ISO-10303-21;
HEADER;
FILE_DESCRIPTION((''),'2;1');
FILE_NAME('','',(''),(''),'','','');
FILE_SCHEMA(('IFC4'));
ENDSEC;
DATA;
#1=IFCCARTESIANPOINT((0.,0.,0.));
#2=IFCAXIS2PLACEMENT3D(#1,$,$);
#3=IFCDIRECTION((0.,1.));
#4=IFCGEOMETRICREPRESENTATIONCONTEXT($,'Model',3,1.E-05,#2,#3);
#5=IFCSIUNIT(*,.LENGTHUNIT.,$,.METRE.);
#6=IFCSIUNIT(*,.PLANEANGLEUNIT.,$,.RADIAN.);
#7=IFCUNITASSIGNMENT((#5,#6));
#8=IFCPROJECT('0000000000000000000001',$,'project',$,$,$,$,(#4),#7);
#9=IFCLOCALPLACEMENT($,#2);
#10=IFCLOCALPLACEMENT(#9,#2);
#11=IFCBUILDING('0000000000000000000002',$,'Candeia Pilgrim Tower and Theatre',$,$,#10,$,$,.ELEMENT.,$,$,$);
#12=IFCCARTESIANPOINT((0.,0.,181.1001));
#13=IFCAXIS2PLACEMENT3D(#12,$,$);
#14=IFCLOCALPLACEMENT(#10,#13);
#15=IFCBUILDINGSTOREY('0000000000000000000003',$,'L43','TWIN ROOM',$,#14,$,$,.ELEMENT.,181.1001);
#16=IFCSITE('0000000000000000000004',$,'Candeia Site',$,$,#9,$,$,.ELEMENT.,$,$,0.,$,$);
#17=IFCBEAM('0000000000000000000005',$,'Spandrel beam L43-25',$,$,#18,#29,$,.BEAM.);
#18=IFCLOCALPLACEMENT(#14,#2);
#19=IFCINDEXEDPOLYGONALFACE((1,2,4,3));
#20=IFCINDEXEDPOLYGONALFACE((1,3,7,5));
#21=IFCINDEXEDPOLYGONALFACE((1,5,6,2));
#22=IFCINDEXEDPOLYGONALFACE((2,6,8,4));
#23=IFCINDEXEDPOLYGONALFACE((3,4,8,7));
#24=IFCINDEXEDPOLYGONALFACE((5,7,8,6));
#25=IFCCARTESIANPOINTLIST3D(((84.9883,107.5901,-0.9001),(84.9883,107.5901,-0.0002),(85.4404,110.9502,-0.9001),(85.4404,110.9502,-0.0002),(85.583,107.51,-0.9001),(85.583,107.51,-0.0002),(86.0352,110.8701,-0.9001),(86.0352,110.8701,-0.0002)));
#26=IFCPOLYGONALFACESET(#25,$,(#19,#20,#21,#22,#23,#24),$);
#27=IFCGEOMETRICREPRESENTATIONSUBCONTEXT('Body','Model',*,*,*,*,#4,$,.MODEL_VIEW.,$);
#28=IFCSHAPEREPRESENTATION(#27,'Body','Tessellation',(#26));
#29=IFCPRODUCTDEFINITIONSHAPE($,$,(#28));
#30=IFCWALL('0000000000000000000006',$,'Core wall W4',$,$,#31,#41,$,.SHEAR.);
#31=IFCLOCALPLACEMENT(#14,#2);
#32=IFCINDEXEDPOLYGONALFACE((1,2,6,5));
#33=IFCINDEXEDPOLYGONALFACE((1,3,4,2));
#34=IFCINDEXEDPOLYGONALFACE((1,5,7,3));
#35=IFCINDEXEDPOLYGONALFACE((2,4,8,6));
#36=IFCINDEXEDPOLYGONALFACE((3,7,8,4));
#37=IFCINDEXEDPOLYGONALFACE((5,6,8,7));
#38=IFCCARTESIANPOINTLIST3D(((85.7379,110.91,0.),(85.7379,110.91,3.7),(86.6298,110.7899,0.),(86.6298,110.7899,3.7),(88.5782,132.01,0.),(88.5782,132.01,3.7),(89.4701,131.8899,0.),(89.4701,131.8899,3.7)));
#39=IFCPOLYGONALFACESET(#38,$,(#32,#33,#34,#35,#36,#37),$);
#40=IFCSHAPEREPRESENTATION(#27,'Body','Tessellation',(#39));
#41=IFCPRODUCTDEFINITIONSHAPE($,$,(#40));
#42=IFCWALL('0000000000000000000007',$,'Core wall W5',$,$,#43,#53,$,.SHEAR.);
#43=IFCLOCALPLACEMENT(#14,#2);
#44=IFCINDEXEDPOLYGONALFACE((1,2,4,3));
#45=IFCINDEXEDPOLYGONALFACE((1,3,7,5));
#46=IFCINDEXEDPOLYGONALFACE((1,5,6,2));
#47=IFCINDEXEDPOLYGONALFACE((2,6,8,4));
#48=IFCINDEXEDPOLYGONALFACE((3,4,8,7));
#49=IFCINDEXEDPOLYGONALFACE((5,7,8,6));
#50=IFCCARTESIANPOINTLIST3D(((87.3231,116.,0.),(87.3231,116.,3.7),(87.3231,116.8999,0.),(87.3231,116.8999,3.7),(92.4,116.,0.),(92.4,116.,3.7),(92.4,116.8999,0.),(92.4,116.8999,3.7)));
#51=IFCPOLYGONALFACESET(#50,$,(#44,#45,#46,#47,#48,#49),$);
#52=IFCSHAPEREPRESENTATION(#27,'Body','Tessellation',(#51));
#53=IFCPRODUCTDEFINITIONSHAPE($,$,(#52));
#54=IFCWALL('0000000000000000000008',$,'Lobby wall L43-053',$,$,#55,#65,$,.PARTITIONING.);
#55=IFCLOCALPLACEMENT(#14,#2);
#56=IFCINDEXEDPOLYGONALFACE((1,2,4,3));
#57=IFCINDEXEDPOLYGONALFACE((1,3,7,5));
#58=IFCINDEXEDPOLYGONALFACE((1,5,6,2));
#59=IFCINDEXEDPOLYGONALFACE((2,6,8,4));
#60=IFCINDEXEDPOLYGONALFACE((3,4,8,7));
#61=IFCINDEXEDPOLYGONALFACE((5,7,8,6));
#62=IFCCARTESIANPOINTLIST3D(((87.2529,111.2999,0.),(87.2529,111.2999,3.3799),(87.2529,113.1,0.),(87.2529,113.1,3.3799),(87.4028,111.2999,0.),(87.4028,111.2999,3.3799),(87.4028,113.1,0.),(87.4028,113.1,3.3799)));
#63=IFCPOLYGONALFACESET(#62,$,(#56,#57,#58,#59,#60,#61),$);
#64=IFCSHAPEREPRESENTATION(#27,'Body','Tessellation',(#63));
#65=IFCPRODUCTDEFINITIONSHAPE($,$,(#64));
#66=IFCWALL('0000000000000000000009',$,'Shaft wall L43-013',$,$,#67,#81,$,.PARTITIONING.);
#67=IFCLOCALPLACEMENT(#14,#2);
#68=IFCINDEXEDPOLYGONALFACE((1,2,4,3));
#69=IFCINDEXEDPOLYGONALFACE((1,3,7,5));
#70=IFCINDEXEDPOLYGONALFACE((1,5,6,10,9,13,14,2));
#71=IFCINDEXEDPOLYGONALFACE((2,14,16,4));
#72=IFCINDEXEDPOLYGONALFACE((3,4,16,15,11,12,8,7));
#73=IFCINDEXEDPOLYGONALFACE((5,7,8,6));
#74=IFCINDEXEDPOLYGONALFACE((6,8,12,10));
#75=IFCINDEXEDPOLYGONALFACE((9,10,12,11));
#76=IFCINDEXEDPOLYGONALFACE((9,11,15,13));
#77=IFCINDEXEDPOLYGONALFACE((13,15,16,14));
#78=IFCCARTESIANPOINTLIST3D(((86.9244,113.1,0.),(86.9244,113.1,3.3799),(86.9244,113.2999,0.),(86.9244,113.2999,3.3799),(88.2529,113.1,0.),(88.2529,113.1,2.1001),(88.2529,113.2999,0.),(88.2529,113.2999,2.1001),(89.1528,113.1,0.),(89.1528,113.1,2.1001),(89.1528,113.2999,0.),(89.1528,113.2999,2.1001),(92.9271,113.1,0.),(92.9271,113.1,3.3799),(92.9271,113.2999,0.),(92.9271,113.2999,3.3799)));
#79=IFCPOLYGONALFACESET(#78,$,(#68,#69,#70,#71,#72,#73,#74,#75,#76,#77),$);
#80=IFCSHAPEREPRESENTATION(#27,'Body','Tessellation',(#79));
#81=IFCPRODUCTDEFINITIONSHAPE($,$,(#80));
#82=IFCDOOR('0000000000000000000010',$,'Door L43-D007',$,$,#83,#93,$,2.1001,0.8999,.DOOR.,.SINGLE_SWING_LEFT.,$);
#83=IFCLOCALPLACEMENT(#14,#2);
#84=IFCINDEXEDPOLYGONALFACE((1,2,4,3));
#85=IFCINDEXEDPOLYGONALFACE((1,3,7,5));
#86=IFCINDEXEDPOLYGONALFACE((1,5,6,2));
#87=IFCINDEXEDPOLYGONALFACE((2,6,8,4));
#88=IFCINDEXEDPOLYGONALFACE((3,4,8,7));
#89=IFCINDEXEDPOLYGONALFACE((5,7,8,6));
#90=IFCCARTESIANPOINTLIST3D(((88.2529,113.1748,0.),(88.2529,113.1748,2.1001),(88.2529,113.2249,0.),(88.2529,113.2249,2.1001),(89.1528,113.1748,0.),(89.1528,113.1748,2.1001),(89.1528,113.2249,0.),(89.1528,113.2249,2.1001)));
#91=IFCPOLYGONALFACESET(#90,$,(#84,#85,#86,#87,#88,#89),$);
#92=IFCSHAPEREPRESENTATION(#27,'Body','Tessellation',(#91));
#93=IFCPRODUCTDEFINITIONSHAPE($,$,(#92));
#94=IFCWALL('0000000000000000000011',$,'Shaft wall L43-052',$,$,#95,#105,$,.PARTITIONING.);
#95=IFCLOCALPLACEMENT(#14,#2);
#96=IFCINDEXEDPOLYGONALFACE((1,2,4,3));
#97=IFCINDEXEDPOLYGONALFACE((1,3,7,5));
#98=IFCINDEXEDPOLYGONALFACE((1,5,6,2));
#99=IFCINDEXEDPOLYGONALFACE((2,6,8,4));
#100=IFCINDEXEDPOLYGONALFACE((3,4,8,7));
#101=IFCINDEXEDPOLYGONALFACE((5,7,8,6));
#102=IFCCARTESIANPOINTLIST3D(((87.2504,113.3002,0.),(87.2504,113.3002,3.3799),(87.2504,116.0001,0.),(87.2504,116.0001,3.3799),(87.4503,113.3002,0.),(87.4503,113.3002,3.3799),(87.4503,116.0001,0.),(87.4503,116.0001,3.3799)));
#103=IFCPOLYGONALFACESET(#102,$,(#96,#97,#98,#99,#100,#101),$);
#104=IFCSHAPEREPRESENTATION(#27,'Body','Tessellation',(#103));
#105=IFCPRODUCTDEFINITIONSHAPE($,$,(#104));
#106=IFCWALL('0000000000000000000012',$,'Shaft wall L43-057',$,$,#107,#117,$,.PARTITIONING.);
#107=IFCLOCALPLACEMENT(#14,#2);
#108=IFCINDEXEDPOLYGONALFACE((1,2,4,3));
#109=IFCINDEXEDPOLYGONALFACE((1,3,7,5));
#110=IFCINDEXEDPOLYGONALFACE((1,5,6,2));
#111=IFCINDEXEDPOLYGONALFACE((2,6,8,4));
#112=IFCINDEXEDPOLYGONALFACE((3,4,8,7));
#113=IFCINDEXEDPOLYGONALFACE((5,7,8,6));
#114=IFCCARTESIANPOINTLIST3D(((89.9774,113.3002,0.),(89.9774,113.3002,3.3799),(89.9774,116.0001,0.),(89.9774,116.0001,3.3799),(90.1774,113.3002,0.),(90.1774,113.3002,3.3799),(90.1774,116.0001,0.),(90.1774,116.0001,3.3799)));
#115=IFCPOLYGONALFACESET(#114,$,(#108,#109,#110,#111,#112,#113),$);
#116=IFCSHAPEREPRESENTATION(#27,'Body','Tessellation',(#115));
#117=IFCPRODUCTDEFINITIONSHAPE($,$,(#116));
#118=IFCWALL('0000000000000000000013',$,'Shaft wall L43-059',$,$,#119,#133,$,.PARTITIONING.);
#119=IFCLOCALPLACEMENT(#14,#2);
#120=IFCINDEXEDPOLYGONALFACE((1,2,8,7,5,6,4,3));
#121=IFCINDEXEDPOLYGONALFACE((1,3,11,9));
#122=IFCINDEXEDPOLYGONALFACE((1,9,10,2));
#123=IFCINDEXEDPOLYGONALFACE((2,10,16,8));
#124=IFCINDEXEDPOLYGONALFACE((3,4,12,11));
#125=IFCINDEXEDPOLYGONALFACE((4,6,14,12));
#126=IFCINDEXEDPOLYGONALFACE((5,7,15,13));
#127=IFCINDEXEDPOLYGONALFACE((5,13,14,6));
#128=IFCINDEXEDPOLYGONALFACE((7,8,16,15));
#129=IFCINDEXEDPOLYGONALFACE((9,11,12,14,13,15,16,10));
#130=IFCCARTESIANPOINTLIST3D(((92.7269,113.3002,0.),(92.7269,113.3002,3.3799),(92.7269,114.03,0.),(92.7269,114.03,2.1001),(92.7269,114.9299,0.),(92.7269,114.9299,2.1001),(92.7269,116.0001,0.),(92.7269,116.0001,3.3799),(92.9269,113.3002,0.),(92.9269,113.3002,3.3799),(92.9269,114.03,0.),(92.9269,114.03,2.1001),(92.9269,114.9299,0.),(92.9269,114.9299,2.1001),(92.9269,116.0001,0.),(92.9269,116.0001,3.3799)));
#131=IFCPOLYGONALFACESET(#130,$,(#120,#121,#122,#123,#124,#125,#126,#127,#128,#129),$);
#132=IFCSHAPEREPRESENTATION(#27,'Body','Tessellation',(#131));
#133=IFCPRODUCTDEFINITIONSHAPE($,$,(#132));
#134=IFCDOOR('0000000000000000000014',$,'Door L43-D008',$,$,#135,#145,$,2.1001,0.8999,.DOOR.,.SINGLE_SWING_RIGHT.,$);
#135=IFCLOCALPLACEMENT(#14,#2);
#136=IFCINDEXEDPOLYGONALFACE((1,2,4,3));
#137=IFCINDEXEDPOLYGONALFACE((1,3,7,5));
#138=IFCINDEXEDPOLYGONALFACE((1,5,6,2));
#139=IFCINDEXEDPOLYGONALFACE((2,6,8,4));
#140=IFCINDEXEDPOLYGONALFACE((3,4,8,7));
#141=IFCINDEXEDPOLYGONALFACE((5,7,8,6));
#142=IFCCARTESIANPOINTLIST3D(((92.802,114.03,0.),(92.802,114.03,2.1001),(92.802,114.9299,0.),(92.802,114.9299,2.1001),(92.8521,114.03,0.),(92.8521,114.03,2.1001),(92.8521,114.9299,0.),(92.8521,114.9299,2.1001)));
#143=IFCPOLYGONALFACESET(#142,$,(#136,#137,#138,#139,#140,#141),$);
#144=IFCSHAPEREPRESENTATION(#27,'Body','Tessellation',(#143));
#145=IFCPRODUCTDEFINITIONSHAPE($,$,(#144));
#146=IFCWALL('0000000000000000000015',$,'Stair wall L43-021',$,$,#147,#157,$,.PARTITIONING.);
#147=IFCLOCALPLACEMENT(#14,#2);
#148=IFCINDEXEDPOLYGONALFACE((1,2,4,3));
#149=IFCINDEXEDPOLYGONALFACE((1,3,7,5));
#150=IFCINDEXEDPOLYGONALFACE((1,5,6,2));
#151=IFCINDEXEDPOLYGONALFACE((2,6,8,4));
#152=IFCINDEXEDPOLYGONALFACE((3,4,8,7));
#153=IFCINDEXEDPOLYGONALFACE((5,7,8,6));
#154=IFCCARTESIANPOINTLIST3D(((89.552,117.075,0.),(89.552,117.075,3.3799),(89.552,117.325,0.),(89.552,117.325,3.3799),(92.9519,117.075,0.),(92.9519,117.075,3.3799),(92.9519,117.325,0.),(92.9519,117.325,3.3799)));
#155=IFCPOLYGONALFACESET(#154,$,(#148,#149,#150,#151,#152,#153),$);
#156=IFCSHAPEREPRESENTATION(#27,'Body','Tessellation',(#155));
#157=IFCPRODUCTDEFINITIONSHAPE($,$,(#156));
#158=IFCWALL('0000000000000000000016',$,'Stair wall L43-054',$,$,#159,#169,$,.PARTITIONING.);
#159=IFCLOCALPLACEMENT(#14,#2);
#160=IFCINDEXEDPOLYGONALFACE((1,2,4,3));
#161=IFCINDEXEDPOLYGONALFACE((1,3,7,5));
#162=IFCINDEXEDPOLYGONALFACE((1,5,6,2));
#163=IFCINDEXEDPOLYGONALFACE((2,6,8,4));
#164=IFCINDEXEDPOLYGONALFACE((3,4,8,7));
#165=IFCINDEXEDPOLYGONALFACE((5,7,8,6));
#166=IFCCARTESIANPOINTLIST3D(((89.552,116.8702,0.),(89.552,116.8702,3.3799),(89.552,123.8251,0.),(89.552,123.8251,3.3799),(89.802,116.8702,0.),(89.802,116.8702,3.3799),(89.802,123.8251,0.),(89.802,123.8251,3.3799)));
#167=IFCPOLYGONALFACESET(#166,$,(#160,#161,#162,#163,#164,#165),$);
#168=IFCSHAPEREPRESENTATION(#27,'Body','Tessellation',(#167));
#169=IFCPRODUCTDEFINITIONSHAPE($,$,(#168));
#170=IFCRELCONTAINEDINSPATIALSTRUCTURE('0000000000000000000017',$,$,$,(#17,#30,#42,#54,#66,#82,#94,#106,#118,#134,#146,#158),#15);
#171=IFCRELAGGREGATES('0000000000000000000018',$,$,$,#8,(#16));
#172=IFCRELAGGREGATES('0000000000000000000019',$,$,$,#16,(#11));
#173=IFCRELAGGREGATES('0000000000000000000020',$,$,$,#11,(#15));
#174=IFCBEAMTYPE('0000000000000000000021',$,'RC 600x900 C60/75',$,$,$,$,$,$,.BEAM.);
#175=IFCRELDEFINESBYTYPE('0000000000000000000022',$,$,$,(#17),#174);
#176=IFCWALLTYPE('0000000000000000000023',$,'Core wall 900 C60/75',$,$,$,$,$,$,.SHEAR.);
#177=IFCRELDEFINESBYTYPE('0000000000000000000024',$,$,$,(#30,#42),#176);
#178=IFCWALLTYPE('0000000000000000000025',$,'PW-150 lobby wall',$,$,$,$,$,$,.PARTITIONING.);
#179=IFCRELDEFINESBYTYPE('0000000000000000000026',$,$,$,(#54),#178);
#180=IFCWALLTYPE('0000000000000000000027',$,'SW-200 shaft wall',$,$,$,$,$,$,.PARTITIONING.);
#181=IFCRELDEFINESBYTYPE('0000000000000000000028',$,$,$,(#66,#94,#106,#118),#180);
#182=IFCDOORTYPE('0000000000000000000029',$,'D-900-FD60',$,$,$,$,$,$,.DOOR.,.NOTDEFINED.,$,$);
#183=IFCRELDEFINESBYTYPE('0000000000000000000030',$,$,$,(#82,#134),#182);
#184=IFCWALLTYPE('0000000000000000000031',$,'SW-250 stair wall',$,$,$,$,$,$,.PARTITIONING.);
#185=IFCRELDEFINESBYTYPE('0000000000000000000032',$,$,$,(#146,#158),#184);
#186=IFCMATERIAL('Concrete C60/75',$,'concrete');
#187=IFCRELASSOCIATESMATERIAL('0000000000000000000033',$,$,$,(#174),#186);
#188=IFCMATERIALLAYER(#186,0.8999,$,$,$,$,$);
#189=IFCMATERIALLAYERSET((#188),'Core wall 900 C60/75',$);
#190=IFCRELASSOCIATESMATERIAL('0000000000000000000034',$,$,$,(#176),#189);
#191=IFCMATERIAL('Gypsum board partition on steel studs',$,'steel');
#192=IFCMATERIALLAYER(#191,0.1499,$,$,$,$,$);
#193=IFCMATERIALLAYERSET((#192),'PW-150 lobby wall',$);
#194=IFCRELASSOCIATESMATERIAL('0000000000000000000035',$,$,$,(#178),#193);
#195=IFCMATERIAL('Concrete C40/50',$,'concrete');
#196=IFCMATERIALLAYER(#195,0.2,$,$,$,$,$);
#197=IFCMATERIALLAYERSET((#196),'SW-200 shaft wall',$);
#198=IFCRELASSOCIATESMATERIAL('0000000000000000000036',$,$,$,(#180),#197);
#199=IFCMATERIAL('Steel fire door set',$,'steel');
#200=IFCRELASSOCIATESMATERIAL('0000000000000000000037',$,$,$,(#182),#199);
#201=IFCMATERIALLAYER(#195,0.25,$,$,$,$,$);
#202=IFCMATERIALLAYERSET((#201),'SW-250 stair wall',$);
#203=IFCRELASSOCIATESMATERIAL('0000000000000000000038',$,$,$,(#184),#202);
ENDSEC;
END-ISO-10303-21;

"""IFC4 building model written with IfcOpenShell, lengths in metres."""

from ifc_helpers import new_model, si_unit, direction, frame, frame_2d, origin, origin_2d, place, context, subcontext, project, spatial, rectangle, extrude, material, layer, layer_set, material_profile, profile_set, type_object, element, fill, save


model = new_model("IFC4")

# Units and contexts
model_context = context("Model", 3, precision=1e-05, world=origin(), true_north=direction((0.0, 1.0)))
body_context = subcontext(model_context, "Body", "Model", "MODEL_VIEW")
ifc_project = project(units=[si_unit("LENGTHUNIT", "METRE"), si_unit("PLANEANGLEUNIT", "RADIAN")], contexts=[model_context])

# Site, building, storey
site_placement = place(None, origin())
site = spatial("IfcSite", under=ifc_project, at=site_placement, Name="Candeia Site", CompositionType="ELEMENT", RefElevation=0.0)
building_placement = place(site_placement, origin())
building = spatial("IfcBuilding", under=site, at=building_placement, Name="Candeia Pilgrim Tower and Theatre", CompositionType="ELEMENT")
storey_placement = place(building_placement, frame((0.0, 0.0, 181.1001)))
storey = spatial("IfcBuildingStorey", under=building, at=storey_placement, Name="L43", Description="TWIN ROOM", CompositionType="ELEMENT", Elevation=181.1001)

# Beam
ifc_material_1 = material(Name="Concrete C60/75", Category="concrete")
ifc_material_profile = material_profile(ifc_material_1, rectangle(XDim=0.6001, YDim=0.8999, at=origin_2d()))
ifc_profile_set = profile_set([ifc_material_profile], Name="Concrete C60/75")
beam_type = type_object("IfcBeamType", Name="RC 600x900 C60/75", PredefinedType="BEAM", material=ifc_profile_set)
beam_placement = place(storey_placement, frame((85.7378, 110.9102, -0.4502), z_axis=(-0.133362, -0.991067, 0.0), x_axis=(0.991067, -0.133362, 0.0)))
element("IfcBeam", 1, at=beam_placement, inside=storey, type_object=beam_type, Name="Spandrel beam L43-25", PredefinedType="BEAM", context=body_context, shape_type="SweptSolid", body=[
    extrude(rectangle(XDim=0.6001, YDim=0.8999, at=origin_2d()), origin(), (0.0, 0.0, 1.0), 3.3904),
])

# Walls
ifc_layer_1 = layer(ifc_material_1, 0.8999)
ifc_layer_set_1 = layer_set([ifc_layer_1], Name="Core wall 900 C60/75")
wall_type_1 = type_object("IfcWallType", Name="Core wall 900 C60/75", PredefinedType="SHEAR", material=ifc_layer_set_1)
wall_1_placement = place(storey_placement, frame((86.1838, 110.8501, 0.0), z_axis=(0.0, 0.0, 1.0), x_axis=(0.13341, 0.991061, 0.0)))
element("IfcWall", 2, at=wall_1_placement, inside=storey, type_object=wall_type_1, Name="Core wall W4", PredefinedType="SHEAR", context=body_context, shape_type="SweptSolid", body=[
    extrude(rectangle(XDim=21.2903, YDim=0.8999, at=frame_2d((10.645, 0.0))), origin(), (0.0, 0.0, 1.0), 3.7),
])
wall_2_placement = place(storey_placement, frame((87.323, 116.45, 0.0), z_axis=(0.0, 0.0, 1.0), x_axis=(1.0, 0.0, 0.0)))
element("IfcWall", 3, at=wall_2_placement, inside=storey, type_object=wall_type_1, Name="Core wall W5", PredefinedType="SHEAR", context=body_context, shape_type="SweptSolid", body=[
    extrude(rectangle(XDim=5.0769, YDim=0.8999, at=frame_2d((2.5386, 0.0))), origin(), (0.0, 0.0, 1.0), 3.7),
])
ifc_material_2 = material(Name="Gypsum board partition on steel studs", Category="steel")
ifc_layer_2 = layer(ifc_material_2, 0.1499)
ifc_layer_set_2 = layer_set([ifc_layer_2], Name="PW-150 lobby wall")
wall_type_2 = type_object("IfcWallType", Name="PW-150 lobby wall", PredefinedType="PARTITIONING", material=ifc_layer_set_2)
wall_3_placement = place(storey_placement, frame((87.3279, 111.3, 0.0), z_axis=(0.0, 0.0, 1.0), x_axis=(0.0, 1.0, 0.0)))
element("IfcWall", 4, at=wall_3_placement, inside=storey, type_object=wall_type_2, Name="Lobby wall L43-053", PredefinedType="PARTITIONING", context=body_context, shape_type="SweptSolid", body=[
    extrude(rectangle(XDim=1.8, YDim=0.1499, at=frame_2d((0.8999, 0.0))), origin(), (0.0, 0.0, 1.0), 3.3799),
])

# Wall, opening, door
ifc_material_3 = material(Name="Concrete C40/50", Category="concrete")
ifc_layer_3 = layer(ifc_material_3, 0.2)
ifc_layer_set_3 = layer_set([ifc_layer_3], Name="SW-200 shaft wall")
wall_type_3 = type_object("IfcWallType", Name="SW-200 shaft wall", PredefinedType="PARTITIONING", material=ifc_layer_set_3)
wall_4_placement = place(storey_placement, frame((86.9243, 113.2, 0.0), z_axis=(0.0, 0.0, 1.0), x_axis=(1.0, 0.0, 0.0)))
wall_4 = element("IfcWall", 5, at=wall_4_placement, inside=storey, type_object=wall_type_3, Name="Shaft wall L43-013", PredefinedType="PARTITIONING", context=body_context, shape_type="SweptSolid", body=[
    extrude(rectangle(XDim=6.0027, YDim=0.2, at=frame_2d((3.0015, 0.0))), origin(), (0.0, 0.0, 1.0), 3.3799),
])
opening_1_placement = place(wall_4_placement, frame((1.3286, 0.0, 0.0)))
opening_1 = element("IfcOpeningElement", 6, at=opening_1_placement, cuts=wall_4, PredefinedType="OPENING", context=body_context, shape_type="SweptSolid", body=[
    extrude(rectangle(XDim=0.8999, YDim=2.1001, at=frame_2d((0.45, 1.05))), frame((0.0, 0.1099, 0.0), z_axis=(0.0, -1.0, 0.0), x_axis=(1.0, 0.0, 0.0)), (0.0, 0.0, 1.0), 0.22),
])
ifc_material_4 = material(Name="Steel fire door set", Category="steel")
door_type = type_object("IfcDoorType", Name="D-900-FD60", OperationType="NOTDEFINED", PredefinedType="DOOR", material=ifc_material_4)
door_1_placement = place(opening_1_placement, origin())
door_1 = element("IfcDoor", 7, at=door_1_placement, inside=storey, type_object=door_type, Name="Door L43-D007", OperationType="SINGLE_SWING_LEFT", OverallHeight=2.1001, OverallWidth=0.8999, PredefinedType="DOOR", context=body_context, shape_type="SweptSolid", body=[
    extrude(rectangle(XDim=0.8999, YDim=2.1001, at=frame_2d((0.45, 1.05))), frame((0.0, 0.0249, 0.0), z_axis=(0.0, -1.0, 0.0), x_axis=(1.0, 0.0, 0.0)), (0.0, 0.0, 1.0), 0.05),
])
fill(opening_1, door_1)

# Walls
for number, where, z_axis, x_axis, name in (
    (8, (87.3503, 113.3, 0.0), (0.0, 0.0, 1.0), (0.0, 1.0, 0.0), "Shaft wall L43-052"),
    (9, (90.0774, 113.3, 0.0), (0.0, 0.0, 1.0), (0.0, 1.0, 0.0), "Shaft wall L43-057"),
):
    element("IfcWall", number, at=place(storey_placement, frame(where, z_axis=z_axis, x_axis=x_axis)), inside=storey, type_object=wall_type_3, Name=name, PredefinedType="PARTITIONING", context=body_context, shape_type="SweptSolid", body=[
        extrude(rectangle(XDim=2.7, YDim=0.2, at=frame_2d((1.3501, 0.0))), origin(), (0.0, 0.0, 1.0), 3.3799),
    ])

# Wall, opening, door
wall_5_placement = place(storey_placement, frame((92.8269, 113.3, 0.0), z_axis=(0.0, 0.0, 1.0), x_axis=(0.0, 1.0, 0.0)))
wall_5 = element("IfcWall", 10, at=wall_5_placement, inside=storey, type_object=wall_type_3, Name="Shaft wall L43-059", PredefinedType="PARTITIONING", context=body_context, shape_type="SweptSolid", body=[
    extrude(rectangle(XDim=2.7, YDim=0.2, at=frame_2d((1.3501, 0.0))), origin(), (0.0, 0.0, 1.0), 3.3799),
])
opening_2_placement = place(wall_5_placement, frame((0.73, 0.0, 0.0)))
opening_2 = element("IfcOpeningElement", 11, at=opening_2_placement, cuts=wall_5, PredefinedType="OPENING", context=body_context, shape_type="SweptSolid", body=[
    extrude(rectangle(XDim=0.8999, YDim=2.1001, at=frame_2d((0.45, 1.05))), frame((0.0, 0.1099, 0.0), z_axis=(0.0, -1.0, 0.0), x_axis=(1.0, 0.0, 0.0)), (0.0, 0.0, 1.0), 0.22),
])
door_2_placement = place(opening_2_placement, origin())
door_2 = element("IfcDoor", 12, at=door_2_placement, inside=storey, type_object=door_type, Name="Door L43-D008", OperationType="SINGLE_SWING_RIGHT", OverallHeight=2.1001, OverallWidth=0.8999, PredefinedType="DOOR", context=body_context, shape_type="SweptSolid", body=[
    extrude(rectangle(XDim=0.8999, YDim=2.1001, at=frame_2d((0.45, 1.05))), frame((0.0, 0.0249, 0.0), z_axis=(0.0, -1.0, 0.0), x_axis=(1.0, 0.0, 0.0)), (0.0, 0.0, 1.0), 0.05),
])
fill(opening_2, door_2)

# Walls
ifc_layer_4 = layer(ifc_material_3, 0.25)
ifc_layer_set_4 = layer_set([ifc_layer_4], Name="SW-250 stair wall")
wall_type_4 = type_object("IfcWallType", Name="SW-250 stair wall", PredefinedType="PARTITIONING", material=ifc_layer_set_4)
wall_6_placement = place(storey_placement, frame((89.552, 117.2, 0.0), z_axis=(0.0, 0.0, 1.0), x_axis=(1.0, 0.0, 0.0)))
element("IfcWall", 13, at=wall_6_placement, inside=storey, type_object=wall_type_4, Name="Stair wall L43-021", PredefinedType="PARTITIONING", context=body_context, shape_type="SweptSolid", body=[
    extrude(rectangle(XDim=3.3999, YDim=0.25, at=frame_2d((1.7, 0.0))), origin(), (0.0, 0.0, 1.0), 3.3799),
])
wall_7_placement = place(storey_placement, frame((89.677, 116.8701, 0.0), z_axis=(0.0, 0.0, 1.0), x_axis=(0.0, 1.0, 0.0)))
element("IfcWall", 14, at=wall_7_placement, inside=storey, type_object=wall_type_4, Name="Stair wall L43-054", PredefinedType="PARTITIONING", context=body_context, shape_type="SweptSolid", body=[
    extrude(rectangle(XDim=6.9548, YDim=0.25, at=frame_2d((3.4775, 0.0))), origin(), (0.0, 0.0, 1.0), 3.3799),
])

save(model, "model.ifc")
